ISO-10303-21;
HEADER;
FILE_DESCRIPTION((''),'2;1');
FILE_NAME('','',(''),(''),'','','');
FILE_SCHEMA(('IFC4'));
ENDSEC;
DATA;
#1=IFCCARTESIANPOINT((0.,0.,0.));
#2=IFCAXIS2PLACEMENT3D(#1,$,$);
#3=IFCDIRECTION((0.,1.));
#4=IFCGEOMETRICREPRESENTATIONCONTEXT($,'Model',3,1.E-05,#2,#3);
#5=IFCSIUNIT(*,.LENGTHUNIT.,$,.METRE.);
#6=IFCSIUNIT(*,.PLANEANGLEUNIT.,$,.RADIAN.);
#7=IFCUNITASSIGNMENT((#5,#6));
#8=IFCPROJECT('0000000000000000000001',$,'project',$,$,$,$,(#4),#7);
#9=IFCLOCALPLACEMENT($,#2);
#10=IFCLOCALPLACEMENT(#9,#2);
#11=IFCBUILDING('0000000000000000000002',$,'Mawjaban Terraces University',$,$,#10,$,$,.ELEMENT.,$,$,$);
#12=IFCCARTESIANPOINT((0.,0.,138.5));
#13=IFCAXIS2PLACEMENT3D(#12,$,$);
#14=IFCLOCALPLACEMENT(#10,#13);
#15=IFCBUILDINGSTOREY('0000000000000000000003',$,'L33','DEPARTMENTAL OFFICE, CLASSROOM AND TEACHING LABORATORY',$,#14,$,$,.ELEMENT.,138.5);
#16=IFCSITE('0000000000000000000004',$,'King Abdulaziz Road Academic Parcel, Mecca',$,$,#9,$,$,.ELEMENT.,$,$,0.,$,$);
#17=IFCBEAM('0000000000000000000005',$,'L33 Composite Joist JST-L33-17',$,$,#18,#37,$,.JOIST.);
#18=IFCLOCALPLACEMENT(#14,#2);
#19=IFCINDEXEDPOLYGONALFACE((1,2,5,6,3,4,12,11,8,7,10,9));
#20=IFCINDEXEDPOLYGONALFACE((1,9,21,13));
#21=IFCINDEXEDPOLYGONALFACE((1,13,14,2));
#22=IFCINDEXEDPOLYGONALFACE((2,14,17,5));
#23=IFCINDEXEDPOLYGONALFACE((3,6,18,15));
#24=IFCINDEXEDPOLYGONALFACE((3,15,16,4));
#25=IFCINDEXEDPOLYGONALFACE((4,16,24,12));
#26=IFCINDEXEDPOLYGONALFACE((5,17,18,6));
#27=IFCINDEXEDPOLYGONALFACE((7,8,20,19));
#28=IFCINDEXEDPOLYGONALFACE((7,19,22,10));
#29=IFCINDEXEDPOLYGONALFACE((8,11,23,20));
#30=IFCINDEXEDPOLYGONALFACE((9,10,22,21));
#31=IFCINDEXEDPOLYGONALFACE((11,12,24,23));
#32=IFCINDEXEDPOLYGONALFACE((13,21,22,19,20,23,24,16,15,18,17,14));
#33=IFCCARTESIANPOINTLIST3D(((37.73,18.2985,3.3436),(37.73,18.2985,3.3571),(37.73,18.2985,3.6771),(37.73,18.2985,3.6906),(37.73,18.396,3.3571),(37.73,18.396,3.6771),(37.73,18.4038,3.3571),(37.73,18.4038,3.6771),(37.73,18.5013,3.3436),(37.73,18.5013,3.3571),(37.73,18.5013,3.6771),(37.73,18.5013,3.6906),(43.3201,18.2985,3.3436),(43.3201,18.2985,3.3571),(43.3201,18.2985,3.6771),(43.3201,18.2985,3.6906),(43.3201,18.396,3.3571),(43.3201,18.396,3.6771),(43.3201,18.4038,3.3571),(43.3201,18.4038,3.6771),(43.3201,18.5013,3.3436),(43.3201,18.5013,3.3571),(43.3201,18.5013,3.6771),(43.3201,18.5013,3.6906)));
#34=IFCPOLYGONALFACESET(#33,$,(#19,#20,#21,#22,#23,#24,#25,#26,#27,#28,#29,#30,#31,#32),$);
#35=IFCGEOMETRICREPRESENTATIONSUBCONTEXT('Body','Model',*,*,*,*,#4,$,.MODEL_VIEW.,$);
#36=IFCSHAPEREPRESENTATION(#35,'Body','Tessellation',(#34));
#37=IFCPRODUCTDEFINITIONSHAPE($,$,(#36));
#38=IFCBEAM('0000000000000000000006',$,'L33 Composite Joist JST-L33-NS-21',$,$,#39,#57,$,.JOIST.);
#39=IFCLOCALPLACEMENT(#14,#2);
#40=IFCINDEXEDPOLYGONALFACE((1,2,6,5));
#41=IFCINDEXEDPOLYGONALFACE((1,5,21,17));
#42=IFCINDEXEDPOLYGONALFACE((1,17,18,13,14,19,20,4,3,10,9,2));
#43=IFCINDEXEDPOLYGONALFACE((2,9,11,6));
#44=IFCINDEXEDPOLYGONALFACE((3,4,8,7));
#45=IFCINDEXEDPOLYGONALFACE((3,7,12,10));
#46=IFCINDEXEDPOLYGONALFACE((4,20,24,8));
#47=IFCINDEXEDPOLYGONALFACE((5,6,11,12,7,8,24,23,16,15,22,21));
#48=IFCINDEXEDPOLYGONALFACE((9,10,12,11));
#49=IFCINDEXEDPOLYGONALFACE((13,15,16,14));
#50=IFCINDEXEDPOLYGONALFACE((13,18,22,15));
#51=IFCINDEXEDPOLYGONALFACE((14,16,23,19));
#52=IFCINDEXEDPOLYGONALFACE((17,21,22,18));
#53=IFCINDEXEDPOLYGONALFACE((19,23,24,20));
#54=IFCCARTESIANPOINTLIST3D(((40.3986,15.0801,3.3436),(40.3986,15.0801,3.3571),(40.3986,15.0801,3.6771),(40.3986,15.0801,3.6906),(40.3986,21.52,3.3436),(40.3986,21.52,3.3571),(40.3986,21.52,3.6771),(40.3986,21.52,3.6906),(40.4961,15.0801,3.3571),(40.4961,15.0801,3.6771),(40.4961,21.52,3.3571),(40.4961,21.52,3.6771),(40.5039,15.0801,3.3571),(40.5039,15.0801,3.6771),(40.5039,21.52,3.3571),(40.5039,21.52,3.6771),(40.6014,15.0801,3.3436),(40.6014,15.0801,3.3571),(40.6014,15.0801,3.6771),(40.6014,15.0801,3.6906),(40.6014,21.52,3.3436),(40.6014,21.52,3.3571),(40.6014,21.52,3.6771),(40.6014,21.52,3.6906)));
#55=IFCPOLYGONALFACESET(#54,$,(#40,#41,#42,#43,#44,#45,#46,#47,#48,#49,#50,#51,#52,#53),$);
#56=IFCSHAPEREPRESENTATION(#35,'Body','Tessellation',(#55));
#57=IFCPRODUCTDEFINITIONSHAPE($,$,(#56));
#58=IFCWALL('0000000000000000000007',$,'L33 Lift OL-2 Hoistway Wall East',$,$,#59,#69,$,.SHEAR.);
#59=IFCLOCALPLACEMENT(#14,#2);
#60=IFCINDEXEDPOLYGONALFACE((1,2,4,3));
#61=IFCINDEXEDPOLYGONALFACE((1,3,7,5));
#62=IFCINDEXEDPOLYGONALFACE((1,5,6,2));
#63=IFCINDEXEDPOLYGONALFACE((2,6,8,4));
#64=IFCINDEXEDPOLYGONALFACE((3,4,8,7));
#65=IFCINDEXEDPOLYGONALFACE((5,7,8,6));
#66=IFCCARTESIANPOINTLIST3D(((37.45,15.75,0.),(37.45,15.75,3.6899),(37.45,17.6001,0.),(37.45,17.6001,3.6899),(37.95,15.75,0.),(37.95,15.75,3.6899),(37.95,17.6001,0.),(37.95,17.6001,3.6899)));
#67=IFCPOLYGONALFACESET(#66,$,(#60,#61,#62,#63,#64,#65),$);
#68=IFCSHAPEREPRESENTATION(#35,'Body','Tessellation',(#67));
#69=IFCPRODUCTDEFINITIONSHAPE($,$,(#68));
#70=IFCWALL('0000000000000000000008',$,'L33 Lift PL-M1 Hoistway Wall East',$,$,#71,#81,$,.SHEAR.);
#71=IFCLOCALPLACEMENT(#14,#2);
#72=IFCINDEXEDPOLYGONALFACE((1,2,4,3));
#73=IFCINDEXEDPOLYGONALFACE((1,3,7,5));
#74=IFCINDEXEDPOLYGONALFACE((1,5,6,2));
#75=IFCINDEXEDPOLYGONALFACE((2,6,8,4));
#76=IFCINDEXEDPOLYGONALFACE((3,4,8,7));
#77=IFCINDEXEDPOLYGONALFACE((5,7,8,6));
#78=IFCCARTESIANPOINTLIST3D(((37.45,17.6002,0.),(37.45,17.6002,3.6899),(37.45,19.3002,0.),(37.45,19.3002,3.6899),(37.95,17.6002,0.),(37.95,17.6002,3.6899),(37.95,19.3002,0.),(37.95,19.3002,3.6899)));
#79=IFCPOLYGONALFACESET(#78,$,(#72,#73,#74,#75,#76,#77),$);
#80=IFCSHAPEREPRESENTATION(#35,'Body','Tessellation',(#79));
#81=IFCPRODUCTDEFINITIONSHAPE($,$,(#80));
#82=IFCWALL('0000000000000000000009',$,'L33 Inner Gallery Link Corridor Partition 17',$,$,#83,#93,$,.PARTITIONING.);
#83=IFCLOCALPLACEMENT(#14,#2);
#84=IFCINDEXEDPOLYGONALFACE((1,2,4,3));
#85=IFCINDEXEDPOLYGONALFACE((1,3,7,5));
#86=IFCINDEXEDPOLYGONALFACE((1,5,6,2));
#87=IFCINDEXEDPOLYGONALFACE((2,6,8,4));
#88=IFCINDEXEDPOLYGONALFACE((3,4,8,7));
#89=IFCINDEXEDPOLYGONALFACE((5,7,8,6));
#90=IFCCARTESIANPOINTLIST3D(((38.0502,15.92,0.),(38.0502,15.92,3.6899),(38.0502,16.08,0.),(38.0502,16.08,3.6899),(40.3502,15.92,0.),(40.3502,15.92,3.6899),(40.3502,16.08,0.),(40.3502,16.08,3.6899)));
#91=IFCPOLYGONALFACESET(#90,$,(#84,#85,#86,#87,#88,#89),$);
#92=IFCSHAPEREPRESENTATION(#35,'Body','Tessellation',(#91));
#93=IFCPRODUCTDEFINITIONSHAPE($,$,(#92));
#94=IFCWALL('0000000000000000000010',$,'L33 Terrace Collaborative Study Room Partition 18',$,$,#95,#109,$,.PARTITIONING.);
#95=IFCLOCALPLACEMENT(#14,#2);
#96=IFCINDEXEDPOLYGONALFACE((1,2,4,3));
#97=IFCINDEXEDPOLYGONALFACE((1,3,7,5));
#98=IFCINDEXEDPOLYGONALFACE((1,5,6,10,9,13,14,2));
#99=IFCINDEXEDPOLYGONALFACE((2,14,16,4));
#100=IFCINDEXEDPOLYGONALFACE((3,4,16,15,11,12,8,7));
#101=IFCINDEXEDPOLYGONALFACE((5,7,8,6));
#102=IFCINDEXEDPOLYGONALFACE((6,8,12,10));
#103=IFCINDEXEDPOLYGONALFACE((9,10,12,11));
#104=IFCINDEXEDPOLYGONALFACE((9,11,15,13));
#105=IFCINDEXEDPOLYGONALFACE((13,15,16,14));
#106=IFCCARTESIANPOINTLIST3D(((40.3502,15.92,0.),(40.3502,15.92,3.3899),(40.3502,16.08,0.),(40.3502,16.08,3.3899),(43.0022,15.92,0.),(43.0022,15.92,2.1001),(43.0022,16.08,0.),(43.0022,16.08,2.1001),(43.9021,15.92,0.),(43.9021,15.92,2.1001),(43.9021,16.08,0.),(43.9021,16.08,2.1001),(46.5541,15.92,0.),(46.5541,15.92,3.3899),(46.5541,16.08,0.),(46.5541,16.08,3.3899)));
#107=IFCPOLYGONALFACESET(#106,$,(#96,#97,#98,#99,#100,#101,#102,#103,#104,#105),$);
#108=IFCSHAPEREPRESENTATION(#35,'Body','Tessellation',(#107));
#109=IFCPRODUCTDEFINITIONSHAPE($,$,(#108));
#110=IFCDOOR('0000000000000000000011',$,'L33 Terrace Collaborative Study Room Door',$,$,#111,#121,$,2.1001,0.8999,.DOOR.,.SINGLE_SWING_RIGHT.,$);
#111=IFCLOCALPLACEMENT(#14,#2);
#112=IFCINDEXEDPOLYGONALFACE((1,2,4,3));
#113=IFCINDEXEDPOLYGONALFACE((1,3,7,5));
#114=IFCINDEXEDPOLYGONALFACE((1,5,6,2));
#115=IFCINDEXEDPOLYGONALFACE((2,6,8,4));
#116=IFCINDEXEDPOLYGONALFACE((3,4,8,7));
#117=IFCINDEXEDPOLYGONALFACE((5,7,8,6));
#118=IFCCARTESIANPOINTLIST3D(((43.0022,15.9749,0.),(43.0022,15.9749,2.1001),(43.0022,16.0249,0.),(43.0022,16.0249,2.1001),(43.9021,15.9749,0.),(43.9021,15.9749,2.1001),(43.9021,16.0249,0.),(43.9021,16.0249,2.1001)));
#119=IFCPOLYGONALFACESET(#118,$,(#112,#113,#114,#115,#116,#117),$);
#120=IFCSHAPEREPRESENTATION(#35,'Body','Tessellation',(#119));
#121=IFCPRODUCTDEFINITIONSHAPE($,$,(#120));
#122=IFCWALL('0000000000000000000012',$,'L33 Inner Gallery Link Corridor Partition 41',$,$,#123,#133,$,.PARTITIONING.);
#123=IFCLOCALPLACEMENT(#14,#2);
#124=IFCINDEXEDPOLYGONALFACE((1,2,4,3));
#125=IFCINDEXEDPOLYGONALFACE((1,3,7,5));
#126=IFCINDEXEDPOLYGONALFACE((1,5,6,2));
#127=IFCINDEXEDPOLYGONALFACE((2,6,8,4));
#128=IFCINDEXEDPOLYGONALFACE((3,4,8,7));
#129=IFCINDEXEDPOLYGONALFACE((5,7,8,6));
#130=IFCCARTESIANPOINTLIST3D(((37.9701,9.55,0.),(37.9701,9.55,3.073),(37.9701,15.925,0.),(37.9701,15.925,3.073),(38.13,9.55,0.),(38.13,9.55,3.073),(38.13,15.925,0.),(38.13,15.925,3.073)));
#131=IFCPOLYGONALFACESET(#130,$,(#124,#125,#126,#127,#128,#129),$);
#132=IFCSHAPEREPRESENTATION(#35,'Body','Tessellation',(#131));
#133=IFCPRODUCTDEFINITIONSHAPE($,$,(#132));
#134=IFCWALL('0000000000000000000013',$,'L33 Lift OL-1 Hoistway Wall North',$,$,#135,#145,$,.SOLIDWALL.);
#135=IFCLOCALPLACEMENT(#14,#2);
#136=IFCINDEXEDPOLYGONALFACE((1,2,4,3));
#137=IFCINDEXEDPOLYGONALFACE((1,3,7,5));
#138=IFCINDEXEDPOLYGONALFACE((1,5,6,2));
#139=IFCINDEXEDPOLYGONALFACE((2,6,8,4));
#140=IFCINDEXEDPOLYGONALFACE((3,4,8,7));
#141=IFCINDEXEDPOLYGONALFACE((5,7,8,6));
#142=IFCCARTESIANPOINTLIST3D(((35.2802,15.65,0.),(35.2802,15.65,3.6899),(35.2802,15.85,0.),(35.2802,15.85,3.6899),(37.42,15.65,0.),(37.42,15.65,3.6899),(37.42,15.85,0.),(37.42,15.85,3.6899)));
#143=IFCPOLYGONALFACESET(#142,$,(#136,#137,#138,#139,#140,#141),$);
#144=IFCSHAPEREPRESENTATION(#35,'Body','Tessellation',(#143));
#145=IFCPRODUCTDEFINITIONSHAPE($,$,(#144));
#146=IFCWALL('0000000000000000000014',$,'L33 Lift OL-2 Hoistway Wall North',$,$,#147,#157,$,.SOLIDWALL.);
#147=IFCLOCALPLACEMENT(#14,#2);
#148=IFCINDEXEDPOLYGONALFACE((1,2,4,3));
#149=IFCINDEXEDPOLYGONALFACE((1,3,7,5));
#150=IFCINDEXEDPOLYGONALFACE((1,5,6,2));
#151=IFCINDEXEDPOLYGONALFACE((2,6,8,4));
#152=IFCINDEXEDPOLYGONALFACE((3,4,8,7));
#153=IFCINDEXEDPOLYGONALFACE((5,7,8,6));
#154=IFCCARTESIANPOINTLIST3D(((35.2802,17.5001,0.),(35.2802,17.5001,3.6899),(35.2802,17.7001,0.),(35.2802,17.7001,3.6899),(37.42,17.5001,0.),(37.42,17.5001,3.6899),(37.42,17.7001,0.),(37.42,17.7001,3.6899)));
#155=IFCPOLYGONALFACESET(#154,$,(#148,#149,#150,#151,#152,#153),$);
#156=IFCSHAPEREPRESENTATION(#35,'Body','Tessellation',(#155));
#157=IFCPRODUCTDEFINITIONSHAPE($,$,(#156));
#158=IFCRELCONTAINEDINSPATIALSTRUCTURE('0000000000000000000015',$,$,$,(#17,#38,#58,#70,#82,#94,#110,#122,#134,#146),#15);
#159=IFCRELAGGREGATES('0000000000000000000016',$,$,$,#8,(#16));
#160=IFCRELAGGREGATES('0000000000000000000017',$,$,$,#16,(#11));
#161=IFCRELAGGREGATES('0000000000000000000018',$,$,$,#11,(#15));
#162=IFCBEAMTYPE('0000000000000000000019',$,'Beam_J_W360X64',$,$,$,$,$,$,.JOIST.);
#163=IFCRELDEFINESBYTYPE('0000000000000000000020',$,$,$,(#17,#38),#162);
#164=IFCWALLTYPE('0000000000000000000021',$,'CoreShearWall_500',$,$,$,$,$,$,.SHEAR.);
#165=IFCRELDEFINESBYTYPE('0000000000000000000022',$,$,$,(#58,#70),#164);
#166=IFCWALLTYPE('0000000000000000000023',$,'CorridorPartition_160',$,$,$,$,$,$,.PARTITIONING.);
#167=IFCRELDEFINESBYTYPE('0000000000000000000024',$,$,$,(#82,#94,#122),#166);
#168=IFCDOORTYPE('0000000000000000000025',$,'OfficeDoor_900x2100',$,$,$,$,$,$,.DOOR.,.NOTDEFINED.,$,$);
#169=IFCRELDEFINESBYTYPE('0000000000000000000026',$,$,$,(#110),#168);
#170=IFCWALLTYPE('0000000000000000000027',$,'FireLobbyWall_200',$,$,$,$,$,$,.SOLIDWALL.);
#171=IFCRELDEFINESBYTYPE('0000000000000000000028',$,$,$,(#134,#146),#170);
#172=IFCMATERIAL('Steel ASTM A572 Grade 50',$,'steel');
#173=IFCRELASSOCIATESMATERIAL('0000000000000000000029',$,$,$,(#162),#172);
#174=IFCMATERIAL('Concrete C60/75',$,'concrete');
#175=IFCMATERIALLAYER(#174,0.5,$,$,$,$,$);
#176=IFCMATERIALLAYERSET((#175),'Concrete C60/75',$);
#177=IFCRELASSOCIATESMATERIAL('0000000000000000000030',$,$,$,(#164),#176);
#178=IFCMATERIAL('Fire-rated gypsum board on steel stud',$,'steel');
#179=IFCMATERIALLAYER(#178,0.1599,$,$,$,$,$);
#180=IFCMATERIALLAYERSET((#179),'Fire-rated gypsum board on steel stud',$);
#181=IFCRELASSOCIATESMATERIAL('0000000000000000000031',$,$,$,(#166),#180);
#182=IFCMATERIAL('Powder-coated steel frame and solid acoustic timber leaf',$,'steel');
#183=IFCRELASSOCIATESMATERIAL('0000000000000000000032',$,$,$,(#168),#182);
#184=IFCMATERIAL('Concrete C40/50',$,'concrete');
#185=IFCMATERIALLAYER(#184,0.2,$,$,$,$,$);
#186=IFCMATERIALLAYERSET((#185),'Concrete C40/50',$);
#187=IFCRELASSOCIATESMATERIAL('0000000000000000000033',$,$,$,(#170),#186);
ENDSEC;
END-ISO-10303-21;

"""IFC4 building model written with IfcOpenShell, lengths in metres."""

from ifc_helpers import new_model, si_unit, direction, frame, frame_2d, origin, origin_2d, place, context, subcontext, project, spatial, rectangle, i_section, extrude, material, layer, layer_set, material_profile, profile_set, type_object, element, fill, save


model = new_model("IFC4")

# Units and contexts
model_context = context("Model", 3, precision=1e-05, world=origin(), true_north=direction((0.0, 1.0)))
body_context = subcontext(model_context, "Body", "Model", "MODEL_VIEW")
ifc_project = project(units=[si_unit("LENGTHUNIT", "METRE"), si_unit("PLANEANGLEUNIT", "RADIAN")], contexts=[model_context])

# Site, building, storey
site_placement = place(None, origin())
site = spatial("IfcSite", under=ifc_project, at=site_placement, Name="King Abdulaziz Road Academic Parcel, Mecca", CompositionType="ELEMENT", RefElevation=0.0)
building_placement = place(site_placement, origin())
building = spatial("IfcBuilding", under=site, at=building_placement, Name="Mawjaban Terraces University", CompositionType="ELEMENT")
storey_placement = place(building_placement, frame((0.0, 0.0, 138.5)))
storey = spatial("IfcBuildingStorey", under=building, at=storey_placement, Name="L33", Description="DEPARTMENTAL OFFICE, CLASSROOM AND TEACHING LABORATORY", CompositionType="ELEMENT", Elevation=138.5)

# Shared definitions
ifc_material_1 = material(Name="Concrete C60/75", Category="concrete")

# Beams
ifc_material_2 = material(Name="Steel ASTM A572 Grade 50", Category="steel")
ifc_material_profile_1 = material_profile(ifc_material_2, i_section(OverallWidth=0.2029, OverallDepth=0.3469, WebThickness=0.0078, FlangeThickness=0.0134, at=origin_2d()), Name="W360X64")
ifc_profile_set_1 = profile_set([ifc_material_profile_1], Name="Steel ASTM A572 Grade 50")
beam_type_1 = type_object("IfcBeamType", Name="Beam_J_W360X64", PredefinedType="JOIST", material=ifc_profile_set_1)
beam_1_placement = place(storey_placement, frame((37.73, 18.3999, 3.5171), z_axis=(1.0, 0.0, 0.0), x_axis=(0.0, 1.0, 0.0)))
element("IfcBeam", 1, at=beam_1_placement, inside=storey, type_object=beam_type_1, Name="L33 Composite Joist JST-L33-17", PredefinedType="JOIST", context=body_context, shape_type="SweptSolid", body=[
    extrude(i_section(OverallWidth=0.2029, OverallDepth=0.3469, WebThickness=0.0078, FlangeThickness=0.0134, at=origin_2d()), origin(), (0.0, 0.0, 1.0), 5.5901),
])
beam_2_placement = place(storey_placement, frame((40.5, 15.0801, 3.5171), z_axis=(0.0, 1.0, 0.0), x_axis=(-1.0, 0.0, 0.0)))
element("IfcBeam", 2, at=beam_2_placement, inside=storey, type_object=beam_type_1, Name="L33 Composite Joist JST-L33-NS-21", PredefinedType="JOIST", context=body_context, shape_type="SweptSolid", body=[
    extrude(i_section(OverallWidth=0.2029, OverallDepth=0.3469, WebThickness=0.0078, FlangeThickness=0.0134, at=origin_2d()), origin(), (0.0, 0.0, 1.0), 6.4399),
])

# Walls
ifc_layer_1 = layer(ifc_material_1, 0.5)
ifc_layer_set_1 = layer_set([ifc_layer_1], Name="Concrete C60/75")
wall_type_1 = type_object("IfcWallType", Name="CoreShearWall_500", PredefinedType="SHEAR", material=ifc_layer_set_1)
wall_1_placement = place(storey_placement, frame((37.7, 15.75, 0.0), z_axis=(0.0, 0.0, 1.0), x_axis=(0.0, 1.0, 0.0)))
element("IfcWall", 3, at=wall_1_placement, inside=storey, type_object=wall_type_1, Name="L33 Lift OL-2 Hoistway Wall East", PredefinedType="SHEAR", context=body_context, shape_type="SweptSolid", body=[
    extrude(rectangle(XDim=1.8501, YDim=0.5, at=frame_2d((0.925, 0.0))), origin(), (0.0, 0.0, 1.0), 3.6899),
])
wall_2_placement = place(storey_placement, frame((37.7, 17.6001, 0.0), z_axis=(0.0, 0.0, 1.0), x_axis=(0.0, 1.0, 0.0)))
element("IfcWall", 4, at=wall_2_placement, inside=storey, type_object=wall_type_1, Name="L33 Lift PL-M1 Hoistway Wall East", PredefinedType="SHEAR", context=body_context, shape_type="SweptSolid", body=[
    extrude(rectangle(XDim=1.7, YDim=0.5, at=frame_2d((0.8501, 0.0))), origin(), (0.0, 0.0, 1.0), 3.6899),
])
ifc_material_3 = material(Name="Fire-rated gypsum board on steel stud", Category="steel")
ifc_layer_2 = layer(ifc_material_3, 0.1599)
ifc_layer_set_2 = layer_set([ifc_layer_2], Name="Fire-rated gypsum board on steel stud")
wall_type_2 = type_object("IfcWallType", Name="CorridorPartition_160", PredefinedType="PARTITIONING", material=ifc_layer_set_2)
wall_3_placement = place(storey_placement, frame((40.3501, 16.0, 0.0), z_axis=(0.0, 0.0, 1.0), x_axis=(-1.0, 0.0, 0.0)))
element("IfcWall", 5, at=wall_3_placement, inside=storey, type_object=wall_type_2, Name="L33 Inner Gallery Link Corridor Partition 17", PredefinedType="PARTITIONING", context=body_context, shape_type="SweptSolid", body=[
    extrude(rectangle(XDim=2.3, YDim=0.1599, at=frame_2d((1.1499, 0.0))), origin(), (0.0, 0.0, 1.0), 3.6899),
])

# Wall, opening, door
wall_4_placement = place(storey_placement, frame((40.3501, 16.0, 0.0), z_axis=(0.0, 0.0, 1.0), x_axis=(1.0, 0.0, 0.0)))
wall_4 = element("IfcWall", 6, at=wall_4_placement, inside=storey, type_object=wall_type_2, Name="L33 Terrace Collaborative Study Room Partition 18", PredefinedType="PARTITIONING", context=body_context, shape_type="SweptSolid", body=[
    extrude(rectangle(XDim=6.2039, YDim=0.1599, at=frame_2d((3.1021, 0.0))), origin(), (0.0, 0.0, 1.0), 3.3899),
])
opening_placement = place(wall_4_placement, frame((2.6521, 0.0, 0.0)))
opening = element("IfcOpeningElement", 7, at=opening_placement, cuts=wall_4, PredefinedType="OPENING", context=body_context, shape_type="SweptSolid", body=[
    extrude(rectangle(XDim=0.8999, YDim=2.1001, at=frame_2d((0.45, 1.05))), frame((0.0, 0.0898, 0.0), z_axis=(0.0, -1.0, 0.0), x_axis=(1.0, 0.0, 0.0)), (0.0, 0.0, 1.0), 0.1799),
])
ifc_material_4 = material(Name="Powder-coated steel frame and solid acoustic timber leaf", Category="steel")
door_type = type_object("IfcDoorType", Name="OfficeDoor_900x2100", OperationType="NOTDEFINED", PredefinedType="DOOR", material=ifc_material_4)
door_placement = place(opening_placement, origin())
door = element("IfcDoor", 8, at=door_placement, inside=storey, type_object=door_type, Name="L33 Terrace Collaborative Study Room Door", OperationType="SINGLE_SWING_RIGHT", OverallHeight=2.1001, OverallWidth=0.8999, PredefinedType="DOOR", context=body_context, shape_type="SweptSolid", body=[
    extrude(rectangle(XDim=0.8999, YDim=2.1001, at=frame_2d((0.45, 1.05))), frame((0.0, 0.0249, 0.0), z_axis=(0.0, -1.0, 0.0), x_axis=(1.0, 0.0, 0.0)), (0.0, 0.0, 1.0), 0.05),
])
fill(opening, door)

# Walls
wall_5_placement = place(storey_placement, frame((38.05, 15.925, 0.0), z_axis=(0.0, 0.0, 1.0), x_axis=(0.0, -1.0, 0.0)))
element("IfcWall", 9, at=wall_5_placement, inside=storey, type_object=wall_type_2, Name="L33 Inner Gallery Link Corridor Partition 41", PredefinedType="PARTITIONING", context=body_context, shape_type="SweptSolid", body=[
    extrude(rectangle(XDim=6.375, YDim=0.1599, at=frame_2d((3.1875, 0.0))), origin(), (0.0, 0.0, 1.0), 3.073),
])
ifc_material_5 = material(Name="Concrete C40/50", Category="concrete")
ifc_layer_3 = layer(ifc_material_5, 0.2)
ifc_layer_set_3 = layer_set([ifc_layer_3], Name="Concrete C40/50")
wall_type_3 = type_object("IfcWallType", Name="FireLobbyWall_200", PredefinedType="SOLIDWALL", material=ifc_layer_set_3)
for number, where, z_axis, x_axis, name in (
    (10, (37.4199, 15.75, 0.0), (0.0, 0.0, 1.0), (-1.0, 0.0, 0.0), "L33 Lift OL-1 Hoistway Wall North"),
    (11, (37.4199, 17.6001, 0.0), (0.0, 0.0, 1.0), (-1.0, 0.0, 0.0), "L33 Lift OL-2 Hoistway Wall North"),
):
    element("IfcWall", number, at=place(storey_placement, frame(where, z_axis=z_axis, x_axis=x_axis)), inside=storey, type_object=wall_type_3, Name=name, PredefinedType="SOLIDWALL", context=body_context, shape_type="SweptSolid", body=[
        extrude(rectangle(XDim=2.1399, YDim=0.2, at=frame_2d((1.0698, 0.0))), origin(), (0.0, 0.0, 1.0), 3.6899),
    ])

save(model, "model.ifc")
